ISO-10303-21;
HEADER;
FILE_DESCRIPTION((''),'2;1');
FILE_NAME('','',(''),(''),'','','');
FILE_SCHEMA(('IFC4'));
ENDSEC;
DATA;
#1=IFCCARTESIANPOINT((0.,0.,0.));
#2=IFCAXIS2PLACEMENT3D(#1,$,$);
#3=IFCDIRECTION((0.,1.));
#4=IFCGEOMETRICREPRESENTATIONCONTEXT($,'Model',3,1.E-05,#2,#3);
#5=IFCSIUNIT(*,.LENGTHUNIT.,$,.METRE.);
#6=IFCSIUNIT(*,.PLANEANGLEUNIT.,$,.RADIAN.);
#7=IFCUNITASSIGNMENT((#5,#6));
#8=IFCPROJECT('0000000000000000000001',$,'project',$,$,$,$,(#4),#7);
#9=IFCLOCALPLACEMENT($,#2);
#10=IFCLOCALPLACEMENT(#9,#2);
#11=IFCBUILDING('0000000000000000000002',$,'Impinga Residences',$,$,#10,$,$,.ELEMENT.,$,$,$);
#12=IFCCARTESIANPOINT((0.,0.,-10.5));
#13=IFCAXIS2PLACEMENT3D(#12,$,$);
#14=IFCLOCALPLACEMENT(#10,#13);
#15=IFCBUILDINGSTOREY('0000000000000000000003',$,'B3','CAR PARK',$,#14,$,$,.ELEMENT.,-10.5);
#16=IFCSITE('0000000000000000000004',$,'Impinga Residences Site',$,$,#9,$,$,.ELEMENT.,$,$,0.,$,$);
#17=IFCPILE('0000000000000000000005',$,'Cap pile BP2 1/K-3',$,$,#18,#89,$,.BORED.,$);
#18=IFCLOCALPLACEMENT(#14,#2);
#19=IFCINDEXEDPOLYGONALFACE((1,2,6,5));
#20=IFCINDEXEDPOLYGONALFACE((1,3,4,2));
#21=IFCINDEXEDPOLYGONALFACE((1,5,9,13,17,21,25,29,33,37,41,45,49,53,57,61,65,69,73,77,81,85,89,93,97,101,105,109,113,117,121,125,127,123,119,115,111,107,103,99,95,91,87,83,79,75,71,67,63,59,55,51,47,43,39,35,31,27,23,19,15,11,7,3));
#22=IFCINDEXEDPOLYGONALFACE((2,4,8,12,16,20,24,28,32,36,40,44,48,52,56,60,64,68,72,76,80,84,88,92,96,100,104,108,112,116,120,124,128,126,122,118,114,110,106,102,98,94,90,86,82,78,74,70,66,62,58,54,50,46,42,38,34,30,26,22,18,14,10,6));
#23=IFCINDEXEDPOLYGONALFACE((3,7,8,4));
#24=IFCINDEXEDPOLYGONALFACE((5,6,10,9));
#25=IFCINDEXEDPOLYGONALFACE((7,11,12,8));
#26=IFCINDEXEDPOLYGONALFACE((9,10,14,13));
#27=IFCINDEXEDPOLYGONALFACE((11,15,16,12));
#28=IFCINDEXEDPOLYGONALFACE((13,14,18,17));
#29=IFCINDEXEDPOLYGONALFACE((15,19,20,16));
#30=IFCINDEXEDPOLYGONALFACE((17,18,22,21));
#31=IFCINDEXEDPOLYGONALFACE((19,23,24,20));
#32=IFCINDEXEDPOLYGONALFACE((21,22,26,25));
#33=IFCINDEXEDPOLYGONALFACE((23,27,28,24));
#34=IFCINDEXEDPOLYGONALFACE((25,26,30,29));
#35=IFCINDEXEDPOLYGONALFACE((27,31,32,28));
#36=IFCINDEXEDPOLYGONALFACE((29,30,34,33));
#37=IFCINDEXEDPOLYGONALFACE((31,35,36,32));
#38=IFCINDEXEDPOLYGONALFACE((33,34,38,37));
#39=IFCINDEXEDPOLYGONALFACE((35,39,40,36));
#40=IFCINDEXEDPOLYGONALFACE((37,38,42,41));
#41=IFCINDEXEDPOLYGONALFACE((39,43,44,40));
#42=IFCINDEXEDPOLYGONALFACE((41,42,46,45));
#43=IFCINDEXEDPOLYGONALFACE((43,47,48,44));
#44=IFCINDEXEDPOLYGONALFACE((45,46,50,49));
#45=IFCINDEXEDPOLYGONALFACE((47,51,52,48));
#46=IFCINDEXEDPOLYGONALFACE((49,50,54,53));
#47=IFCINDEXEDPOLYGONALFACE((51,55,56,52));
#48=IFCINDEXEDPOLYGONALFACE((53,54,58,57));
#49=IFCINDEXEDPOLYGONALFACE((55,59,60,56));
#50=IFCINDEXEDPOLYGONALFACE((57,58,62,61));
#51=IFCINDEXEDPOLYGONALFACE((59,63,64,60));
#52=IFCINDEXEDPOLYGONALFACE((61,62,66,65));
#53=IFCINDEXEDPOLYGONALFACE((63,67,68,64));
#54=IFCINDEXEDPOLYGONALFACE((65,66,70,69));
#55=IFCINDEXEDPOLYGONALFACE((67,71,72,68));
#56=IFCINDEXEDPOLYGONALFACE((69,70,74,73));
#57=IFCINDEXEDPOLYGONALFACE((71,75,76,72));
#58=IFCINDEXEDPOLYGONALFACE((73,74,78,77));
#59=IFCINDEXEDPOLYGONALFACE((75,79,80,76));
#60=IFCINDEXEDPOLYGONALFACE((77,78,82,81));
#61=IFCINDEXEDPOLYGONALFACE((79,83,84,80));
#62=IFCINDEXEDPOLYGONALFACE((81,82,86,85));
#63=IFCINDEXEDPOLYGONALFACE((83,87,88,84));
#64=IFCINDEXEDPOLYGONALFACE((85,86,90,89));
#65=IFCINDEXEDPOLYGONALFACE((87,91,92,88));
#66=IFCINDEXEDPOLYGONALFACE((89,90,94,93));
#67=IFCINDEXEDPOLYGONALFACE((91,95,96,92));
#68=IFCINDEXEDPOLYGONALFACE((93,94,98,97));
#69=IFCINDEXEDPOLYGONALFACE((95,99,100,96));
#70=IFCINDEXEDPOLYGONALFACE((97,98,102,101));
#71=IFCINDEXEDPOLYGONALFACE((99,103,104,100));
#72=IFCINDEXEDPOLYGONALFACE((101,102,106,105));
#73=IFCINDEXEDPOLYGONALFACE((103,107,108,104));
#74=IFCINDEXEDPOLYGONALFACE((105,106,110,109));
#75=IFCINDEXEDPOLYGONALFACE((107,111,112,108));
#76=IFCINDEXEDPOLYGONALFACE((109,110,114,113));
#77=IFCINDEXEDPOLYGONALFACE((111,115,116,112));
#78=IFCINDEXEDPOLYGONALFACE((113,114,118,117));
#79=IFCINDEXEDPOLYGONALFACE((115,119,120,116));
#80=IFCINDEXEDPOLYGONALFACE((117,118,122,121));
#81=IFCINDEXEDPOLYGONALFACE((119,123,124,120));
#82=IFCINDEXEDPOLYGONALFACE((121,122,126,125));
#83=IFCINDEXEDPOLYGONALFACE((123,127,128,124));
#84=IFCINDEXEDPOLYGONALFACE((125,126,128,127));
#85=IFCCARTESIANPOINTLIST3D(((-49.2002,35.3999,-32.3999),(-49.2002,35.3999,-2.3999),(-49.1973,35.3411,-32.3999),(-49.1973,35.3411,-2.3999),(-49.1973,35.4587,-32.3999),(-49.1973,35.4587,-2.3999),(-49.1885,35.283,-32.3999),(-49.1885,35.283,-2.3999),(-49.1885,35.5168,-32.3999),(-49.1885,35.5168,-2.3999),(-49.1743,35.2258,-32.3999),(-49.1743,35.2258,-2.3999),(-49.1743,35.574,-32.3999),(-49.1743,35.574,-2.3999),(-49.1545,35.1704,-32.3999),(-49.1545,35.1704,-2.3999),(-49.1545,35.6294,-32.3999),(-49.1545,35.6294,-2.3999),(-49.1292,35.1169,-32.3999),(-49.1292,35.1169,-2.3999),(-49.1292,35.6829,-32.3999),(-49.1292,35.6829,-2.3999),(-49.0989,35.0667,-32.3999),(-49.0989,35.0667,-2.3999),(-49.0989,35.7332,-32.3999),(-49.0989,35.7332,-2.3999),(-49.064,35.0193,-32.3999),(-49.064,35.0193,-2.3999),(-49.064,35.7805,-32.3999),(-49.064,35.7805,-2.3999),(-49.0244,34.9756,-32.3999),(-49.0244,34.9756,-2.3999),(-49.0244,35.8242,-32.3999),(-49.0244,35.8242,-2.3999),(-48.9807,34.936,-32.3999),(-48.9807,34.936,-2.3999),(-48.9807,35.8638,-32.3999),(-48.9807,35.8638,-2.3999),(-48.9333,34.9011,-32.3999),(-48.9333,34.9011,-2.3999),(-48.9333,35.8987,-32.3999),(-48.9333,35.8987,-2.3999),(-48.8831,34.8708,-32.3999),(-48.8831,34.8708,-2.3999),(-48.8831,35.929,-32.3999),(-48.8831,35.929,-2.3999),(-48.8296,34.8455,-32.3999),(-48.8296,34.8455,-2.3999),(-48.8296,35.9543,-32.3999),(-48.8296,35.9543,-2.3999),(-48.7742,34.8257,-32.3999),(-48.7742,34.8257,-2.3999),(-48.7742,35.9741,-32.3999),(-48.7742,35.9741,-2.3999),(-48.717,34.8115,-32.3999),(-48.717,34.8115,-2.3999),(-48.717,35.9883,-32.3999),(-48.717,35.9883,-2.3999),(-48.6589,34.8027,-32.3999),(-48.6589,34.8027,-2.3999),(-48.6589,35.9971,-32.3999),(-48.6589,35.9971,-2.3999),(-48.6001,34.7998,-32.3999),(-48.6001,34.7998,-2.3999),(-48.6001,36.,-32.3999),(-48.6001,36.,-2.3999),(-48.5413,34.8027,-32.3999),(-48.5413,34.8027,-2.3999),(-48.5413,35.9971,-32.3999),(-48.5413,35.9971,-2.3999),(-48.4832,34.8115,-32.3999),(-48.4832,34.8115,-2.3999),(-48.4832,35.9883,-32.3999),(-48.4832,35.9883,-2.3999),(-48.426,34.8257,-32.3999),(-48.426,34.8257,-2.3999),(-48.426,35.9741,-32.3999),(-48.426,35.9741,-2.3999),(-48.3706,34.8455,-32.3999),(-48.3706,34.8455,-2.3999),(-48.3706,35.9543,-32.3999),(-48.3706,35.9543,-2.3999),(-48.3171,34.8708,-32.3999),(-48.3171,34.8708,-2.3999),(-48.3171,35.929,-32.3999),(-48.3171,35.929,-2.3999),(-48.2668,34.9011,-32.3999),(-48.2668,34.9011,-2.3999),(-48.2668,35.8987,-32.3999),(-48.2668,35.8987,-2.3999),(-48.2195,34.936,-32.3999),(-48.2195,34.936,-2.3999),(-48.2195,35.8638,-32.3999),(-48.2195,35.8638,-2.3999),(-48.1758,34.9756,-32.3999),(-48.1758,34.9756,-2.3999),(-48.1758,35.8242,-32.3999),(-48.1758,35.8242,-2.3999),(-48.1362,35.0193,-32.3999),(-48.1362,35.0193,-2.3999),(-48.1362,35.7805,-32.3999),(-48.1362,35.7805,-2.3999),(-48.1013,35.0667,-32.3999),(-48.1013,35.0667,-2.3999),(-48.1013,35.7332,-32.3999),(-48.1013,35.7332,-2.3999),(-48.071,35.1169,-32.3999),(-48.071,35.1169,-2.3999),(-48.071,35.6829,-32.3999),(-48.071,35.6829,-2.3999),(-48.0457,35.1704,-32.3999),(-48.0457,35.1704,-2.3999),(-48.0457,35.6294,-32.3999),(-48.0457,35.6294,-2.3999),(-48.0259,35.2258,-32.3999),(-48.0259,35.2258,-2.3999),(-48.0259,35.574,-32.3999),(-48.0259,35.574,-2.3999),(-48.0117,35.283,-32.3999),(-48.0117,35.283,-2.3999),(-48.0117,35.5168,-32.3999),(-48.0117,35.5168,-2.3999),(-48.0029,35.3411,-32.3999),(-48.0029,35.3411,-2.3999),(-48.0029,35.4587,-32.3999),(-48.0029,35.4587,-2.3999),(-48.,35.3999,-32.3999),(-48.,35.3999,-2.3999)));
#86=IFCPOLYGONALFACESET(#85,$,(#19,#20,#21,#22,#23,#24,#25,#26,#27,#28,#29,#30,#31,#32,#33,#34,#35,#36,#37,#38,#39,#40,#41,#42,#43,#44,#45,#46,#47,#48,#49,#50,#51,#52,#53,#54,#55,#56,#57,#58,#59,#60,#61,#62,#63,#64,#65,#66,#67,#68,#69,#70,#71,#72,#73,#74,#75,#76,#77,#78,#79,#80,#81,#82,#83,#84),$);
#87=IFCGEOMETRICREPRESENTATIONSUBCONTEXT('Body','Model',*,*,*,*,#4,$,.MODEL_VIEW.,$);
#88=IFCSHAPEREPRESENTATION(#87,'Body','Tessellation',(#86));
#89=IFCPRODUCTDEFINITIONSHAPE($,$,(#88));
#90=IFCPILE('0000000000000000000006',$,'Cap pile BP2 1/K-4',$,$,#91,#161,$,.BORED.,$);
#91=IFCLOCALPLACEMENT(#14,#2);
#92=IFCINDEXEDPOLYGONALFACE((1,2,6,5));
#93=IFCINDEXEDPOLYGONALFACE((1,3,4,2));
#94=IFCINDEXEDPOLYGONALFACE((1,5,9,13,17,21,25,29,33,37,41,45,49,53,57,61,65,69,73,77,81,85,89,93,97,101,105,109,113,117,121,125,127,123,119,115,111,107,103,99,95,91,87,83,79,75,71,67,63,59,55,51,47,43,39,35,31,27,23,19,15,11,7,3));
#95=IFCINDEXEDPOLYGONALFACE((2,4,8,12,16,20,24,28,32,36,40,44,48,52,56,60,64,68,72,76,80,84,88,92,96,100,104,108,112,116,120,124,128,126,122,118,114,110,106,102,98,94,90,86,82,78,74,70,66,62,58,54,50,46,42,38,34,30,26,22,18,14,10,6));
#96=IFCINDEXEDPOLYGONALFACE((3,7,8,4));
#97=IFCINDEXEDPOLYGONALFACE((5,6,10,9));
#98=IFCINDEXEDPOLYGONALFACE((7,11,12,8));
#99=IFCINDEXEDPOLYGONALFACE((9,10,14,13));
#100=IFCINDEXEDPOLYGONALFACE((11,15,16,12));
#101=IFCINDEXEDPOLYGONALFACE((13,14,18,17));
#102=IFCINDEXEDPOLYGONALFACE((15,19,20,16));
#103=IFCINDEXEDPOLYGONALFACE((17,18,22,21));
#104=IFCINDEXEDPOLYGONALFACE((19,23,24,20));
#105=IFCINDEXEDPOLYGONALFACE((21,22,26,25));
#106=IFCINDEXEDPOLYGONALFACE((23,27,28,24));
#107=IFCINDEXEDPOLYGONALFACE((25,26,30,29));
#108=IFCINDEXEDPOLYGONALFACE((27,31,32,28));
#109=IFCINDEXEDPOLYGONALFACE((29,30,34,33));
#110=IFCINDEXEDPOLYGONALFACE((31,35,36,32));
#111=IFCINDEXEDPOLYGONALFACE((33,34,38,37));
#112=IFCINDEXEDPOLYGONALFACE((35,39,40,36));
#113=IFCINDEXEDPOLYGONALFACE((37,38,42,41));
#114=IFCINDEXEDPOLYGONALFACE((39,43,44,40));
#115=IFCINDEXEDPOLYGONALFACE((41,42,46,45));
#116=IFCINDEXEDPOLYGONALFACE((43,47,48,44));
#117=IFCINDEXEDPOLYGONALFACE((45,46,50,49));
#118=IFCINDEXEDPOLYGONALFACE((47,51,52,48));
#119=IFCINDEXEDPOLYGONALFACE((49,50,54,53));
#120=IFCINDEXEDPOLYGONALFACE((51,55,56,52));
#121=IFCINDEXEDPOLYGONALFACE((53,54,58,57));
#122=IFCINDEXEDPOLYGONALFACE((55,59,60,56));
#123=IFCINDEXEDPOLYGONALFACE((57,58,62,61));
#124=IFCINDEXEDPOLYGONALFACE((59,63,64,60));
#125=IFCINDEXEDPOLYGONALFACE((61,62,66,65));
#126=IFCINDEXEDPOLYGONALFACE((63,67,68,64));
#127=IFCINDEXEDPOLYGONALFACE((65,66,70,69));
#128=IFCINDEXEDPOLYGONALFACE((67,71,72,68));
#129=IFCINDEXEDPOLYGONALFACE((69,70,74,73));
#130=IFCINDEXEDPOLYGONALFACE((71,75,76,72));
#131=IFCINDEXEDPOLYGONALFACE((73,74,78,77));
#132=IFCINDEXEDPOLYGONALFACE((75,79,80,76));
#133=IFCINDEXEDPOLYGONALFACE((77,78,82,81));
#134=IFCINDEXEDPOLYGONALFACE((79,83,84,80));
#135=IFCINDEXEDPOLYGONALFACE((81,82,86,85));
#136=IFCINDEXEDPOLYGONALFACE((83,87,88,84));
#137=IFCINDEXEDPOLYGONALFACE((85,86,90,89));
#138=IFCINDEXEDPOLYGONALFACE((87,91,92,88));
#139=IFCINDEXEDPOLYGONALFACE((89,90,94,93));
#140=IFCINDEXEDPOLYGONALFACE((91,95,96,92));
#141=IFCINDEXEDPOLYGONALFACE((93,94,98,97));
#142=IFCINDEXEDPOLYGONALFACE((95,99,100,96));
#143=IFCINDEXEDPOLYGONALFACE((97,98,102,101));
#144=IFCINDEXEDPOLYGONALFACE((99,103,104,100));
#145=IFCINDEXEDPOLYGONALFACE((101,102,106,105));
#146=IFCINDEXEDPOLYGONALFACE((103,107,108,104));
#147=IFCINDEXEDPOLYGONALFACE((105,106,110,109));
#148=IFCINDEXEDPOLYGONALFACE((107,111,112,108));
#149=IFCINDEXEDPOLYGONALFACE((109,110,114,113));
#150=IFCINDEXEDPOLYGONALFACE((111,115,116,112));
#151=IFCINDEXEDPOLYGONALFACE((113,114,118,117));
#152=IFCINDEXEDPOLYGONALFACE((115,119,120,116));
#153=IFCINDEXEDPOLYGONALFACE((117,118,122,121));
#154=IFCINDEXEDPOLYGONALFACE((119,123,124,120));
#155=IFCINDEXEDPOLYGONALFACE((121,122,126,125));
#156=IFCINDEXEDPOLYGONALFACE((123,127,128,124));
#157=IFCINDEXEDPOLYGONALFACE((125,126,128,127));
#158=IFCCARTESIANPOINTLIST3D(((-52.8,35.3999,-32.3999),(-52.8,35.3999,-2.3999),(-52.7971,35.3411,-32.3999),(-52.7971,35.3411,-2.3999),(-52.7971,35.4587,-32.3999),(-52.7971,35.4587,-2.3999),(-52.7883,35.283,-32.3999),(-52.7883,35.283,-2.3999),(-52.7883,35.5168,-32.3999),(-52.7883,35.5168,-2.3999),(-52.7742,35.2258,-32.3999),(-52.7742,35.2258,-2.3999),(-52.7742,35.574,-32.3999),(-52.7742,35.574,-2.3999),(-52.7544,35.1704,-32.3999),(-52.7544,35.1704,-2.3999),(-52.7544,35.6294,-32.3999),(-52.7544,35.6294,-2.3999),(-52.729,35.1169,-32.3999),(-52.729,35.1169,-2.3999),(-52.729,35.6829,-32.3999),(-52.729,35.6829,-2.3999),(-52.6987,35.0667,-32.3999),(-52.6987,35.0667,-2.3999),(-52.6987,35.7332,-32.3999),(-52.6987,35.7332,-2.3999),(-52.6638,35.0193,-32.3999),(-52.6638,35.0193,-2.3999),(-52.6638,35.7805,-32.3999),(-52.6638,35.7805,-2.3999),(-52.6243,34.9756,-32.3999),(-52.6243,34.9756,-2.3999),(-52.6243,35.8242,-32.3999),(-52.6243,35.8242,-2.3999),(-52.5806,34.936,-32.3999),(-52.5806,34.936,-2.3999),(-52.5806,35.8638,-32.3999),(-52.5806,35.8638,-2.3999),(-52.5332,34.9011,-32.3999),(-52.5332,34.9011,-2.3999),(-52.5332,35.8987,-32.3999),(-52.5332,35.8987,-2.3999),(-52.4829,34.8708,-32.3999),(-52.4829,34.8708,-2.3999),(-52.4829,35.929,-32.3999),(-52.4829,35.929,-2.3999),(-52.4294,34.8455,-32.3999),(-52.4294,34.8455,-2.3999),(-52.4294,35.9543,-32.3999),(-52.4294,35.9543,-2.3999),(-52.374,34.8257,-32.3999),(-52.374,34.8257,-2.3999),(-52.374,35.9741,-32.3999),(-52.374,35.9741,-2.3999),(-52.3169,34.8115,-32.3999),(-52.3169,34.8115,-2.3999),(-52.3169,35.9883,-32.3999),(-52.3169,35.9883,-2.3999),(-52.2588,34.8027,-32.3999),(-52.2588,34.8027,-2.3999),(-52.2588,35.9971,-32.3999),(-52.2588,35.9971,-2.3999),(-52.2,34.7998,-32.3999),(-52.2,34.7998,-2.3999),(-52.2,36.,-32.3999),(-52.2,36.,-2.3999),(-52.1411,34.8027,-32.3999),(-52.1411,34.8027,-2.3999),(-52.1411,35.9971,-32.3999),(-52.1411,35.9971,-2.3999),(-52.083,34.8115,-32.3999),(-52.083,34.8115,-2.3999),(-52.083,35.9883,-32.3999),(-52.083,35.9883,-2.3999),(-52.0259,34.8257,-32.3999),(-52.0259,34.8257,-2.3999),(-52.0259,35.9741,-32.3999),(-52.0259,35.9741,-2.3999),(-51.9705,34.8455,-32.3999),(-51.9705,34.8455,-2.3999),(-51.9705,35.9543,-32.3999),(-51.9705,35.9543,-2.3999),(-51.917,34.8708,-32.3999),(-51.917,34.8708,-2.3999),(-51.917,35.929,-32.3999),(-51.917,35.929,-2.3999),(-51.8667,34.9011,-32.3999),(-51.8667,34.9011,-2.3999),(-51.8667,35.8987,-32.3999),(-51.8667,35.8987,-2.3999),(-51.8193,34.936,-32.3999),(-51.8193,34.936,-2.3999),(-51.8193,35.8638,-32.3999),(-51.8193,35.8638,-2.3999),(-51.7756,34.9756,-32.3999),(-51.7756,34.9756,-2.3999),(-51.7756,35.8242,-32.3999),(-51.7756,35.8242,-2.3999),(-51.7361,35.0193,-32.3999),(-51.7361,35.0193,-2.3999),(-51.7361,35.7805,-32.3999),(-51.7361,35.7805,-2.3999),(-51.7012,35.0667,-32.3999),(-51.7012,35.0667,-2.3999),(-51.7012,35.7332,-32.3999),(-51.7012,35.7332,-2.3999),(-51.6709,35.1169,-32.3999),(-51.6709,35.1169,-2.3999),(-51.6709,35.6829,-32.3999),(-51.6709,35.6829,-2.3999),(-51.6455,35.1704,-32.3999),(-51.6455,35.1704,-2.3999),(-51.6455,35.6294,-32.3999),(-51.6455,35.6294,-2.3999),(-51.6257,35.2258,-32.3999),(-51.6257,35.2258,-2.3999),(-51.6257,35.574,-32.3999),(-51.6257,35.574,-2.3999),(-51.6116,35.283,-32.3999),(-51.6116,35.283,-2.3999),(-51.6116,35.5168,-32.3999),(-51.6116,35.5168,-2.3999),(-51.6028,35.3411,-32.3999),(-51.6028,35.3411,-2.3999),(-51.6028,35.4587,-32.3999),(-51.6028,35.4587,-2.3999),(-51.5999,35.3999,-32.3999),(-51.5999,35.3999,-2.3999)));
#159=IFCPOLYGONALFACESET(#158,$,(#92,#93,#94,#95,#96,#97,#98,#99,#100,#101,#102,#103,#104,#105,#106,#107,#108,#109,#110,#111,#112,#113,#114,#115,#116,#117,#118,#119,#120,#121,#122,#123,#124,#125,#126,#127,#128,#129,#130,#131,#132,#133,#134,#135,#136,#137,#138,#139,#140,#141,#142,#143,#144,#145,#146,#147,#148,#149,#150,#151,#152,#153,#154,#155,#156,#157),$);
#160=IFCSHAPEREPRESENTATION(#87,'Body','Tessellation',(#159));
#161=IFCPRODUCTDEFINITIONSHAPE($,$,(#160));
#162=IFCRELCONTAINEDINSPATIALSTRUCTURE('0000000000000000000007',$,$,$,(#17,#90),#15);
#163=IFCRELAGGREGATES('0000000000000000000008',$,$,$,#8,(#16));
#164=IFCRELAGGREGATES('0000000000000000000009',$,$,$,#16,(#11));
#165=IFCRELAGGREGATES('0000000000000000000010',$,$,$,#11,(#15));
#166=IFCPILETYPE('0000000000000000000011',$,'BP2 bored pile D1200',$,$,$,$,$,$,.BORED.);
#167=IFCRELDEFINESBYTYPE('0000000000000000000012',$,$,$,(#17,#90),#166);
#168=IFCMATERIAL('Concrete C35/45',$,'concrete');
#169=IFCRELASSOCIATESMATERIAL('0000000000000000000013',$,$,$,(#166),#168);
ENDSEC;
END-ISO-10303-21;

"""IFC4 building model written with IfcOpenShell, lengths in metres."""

from ifc_helpers import new_model, si_unit, direction, frame, origin, origin_2d, place, context, subcontext, project, spatial, polyline, circle, outline, extrude, material, material_profile, profile_set, type_object, element, save


model = new_model("IFC4")

# Units and contexts
model_context = context("Model", 3, precision=1e-05, world=origin(), true_north=direction((0.0, 1.0)))
body_context = subcontext(model_context, "Body", "Model", "MODEL_VIEW")
ifc_project = project(units=[si_unit("LENGTHUNIT", "METRE"), si_unit("PLANEANGLEUNIT", "RADIAN")], contexts=[model_context])

# Site, building, storey
site_placement = place(None, origin())
site = spatial("IfcSite", under=ifc_project, at=site_placement, Name="Impinga Residences Site", CompositionType="ELEMENT", RefElevation=0.0)
building_placement = place(site_placement, origin())
building = spatial("IfcBuilding", under=site, at=building_placement, Name="Impinga Residences", CompositionType="ELEMENT")
storey_placement = place(building_placement, frame((0.0, 0.0, -10.5)))
storey = spatial("IfcBuildingStorey", under=building, at=storey_placement, Name="B3", Description="CAR PARK", CompositionType="ELEMENT", Elevation=-10.5)

# Piles
ifc_material_1 = material(Name="Concrete C35/45", Category="concrete")
ifc_material_profile_1 = material_profile(ifc_material_1, circle(Radius=0.6001, at=origin_2d()), Name="D1200")
ifc_profile_set_1 = profile_set([ifc_material_profile_1], Name="Concrete C35/45")
pile_type = type_object("IfcPileType", Name="BP2 bored pile D1200", PredefinedType="BORED", material=ifc_profile_set_1)
pile_1_placement = place(storey_placement, frame((-48.6001, 35.3999, -2.3999), z_axis=(0.0, 0.0, -1.0), x_axis=(1.0, 0.0, 0.0)))
element("IfcPile", 1, at=pile_1_placement, inside=storey, type_object=pile_type, Name="Cap pile BP2 1/K-3", PredefinedType="BORED", context=body_context, shape_type="SweptSolid", body=[
    extrude(outline(polyline([(0.6001, 0.0), (0.5972, 0.0588), (0.5884, 0.1169), (0.5742, 0.1741), (0.5544, 0.2295), (0.5291, 0.283), (0.4988, 0.3333), (0.4639, 0.3806), (0.4243, 0.4243), (0.3806, 0.4639), (0.3333, 0.4988), (0.283, 0.5291), (0.2295, 0.5544), (0.1741, 0.5742), (0.1169, 0.5884), (0.0588, 0.5972), (0.0, 0.6001), (-0.0588, 0.5972), (-0.1169, 0.5884), (-0.1741, 0.5742), (-0.2295, 0.5544), (-0.283, 0.5291), (-0.3333, 0.4988), (-0.3806, 0.4639), (-0.4243, 0.4243), (-0.4639, 0.3806), (-0.4988, 0.3333), (-0.5291, 0.283), (-0.5544, 0.2295), (-0.5742, 0.1741), (-0.5884, 0.1169), (-0.5972, 0.0588), (-0.6001, 0.0), (-0.5972, -0.0588), (-0.5884, -0.1169), (-0.5742, -0.1741), (-0.5544, -0.2295), (-0.5291, -0.283), (-0.4988, -0.3333), (-0.4639, -0.3806), (-0.4243, -0.4243), (-0.3806, -0.4639), (-0.3333, -0.4988), (-0.283, -0.5291), (-0.2295, -0.5544), (-0.1741, -0.5742), (-0.1169, -0.5884), (-0.0588, -0.5972), (0.0, -0.6001), (0.0588, -0.5972), (0.1169, -0.5884), (0.1741, -0.5742), (0.2295, -0.5544), (0.283, -0.5291), (0.3333, -0.4988), (0.3806, -0.4639), (0.4243, -0.4243), (0.4639, -0.3806), (0.4988, -0.3333), (0.5291, -0.283), (0.5544, -0.2295), (0.5742, -0.1741), (0.5884, -0.1169), (0.5972, -0.0588), (0.6001, 0.0)])), origin(), (0.0, 0.0, 1.0), 30.0),
])
pile_2_placement = place(storey_placement, frame((-52.2, 35.3999, -2.3999), z_axis=(0.0, 0.0, -1.0), x_axis=(1.0, 0.0, 0.0)))
element("IfcPile", 2, at=pile_2_placement, inside=storey, type_object=pile_type, Name="Cap pile BP2 1/K-4", PredefinedType="BORED", context=body_context, shape_type="SweptSolid", body=[
    extrude(outline(polyline([(0.6001, 0.0), (0.5972, 0.0588), (0.5884, 0.1169), (0.5742, 0.1741), (0.5544, 0.2295), (0.5291, 0.283), (0.4988, 0.3333), (0.4639, 0.3806), (0.4243, 0.4243), (0.3806, 0.4639), (0.3333, 0.4988), (0.283, 0.5291), (0.2295, 0.5544), (0.1741, 0.5742), (0.1169, 0.5884), (0.0588, 0.5972), (0.0, 0.6001), (-0.0588, 0.5972), (-0.1169, 0.5884), (-0.1741, 0.5742), (-0.2295, 0.5544), (-0.283, 0.5291), (-0.3333, 0.4988), (-0.3806, 0.4639), (-0.4243, 0.4243), (-0.4639, 0.3806), (-0.4988, 0.3333), (-0.5291, 0.283), (-0.5544, 0.2295), (-0.5742, 0.1741), (-0.5884, 0.1169), (-0.5972, 0.0588), (-0.6001, 0.0), (-0.5972, -0.0588), (-0.5884, -0.1169), (-0.5742, -0.1741), (-0.5544, -0.2295), (-0.5291, -0.283), (-0.4988, -0.3333), (-0.4639, -0.3806), (-0.4243, -0.4243), (-0.3806, -0.4639), (-0.3333, -0.4988), (-0.283, -0.5291), (-0.2295, -0.5544), (-0.1741, -0.5742), (-0.1169, -0.5884), (-0.0588, -0.5972), (0.0, -0.6001), (0.0588, -0.5972), (0.1169, -0.5884), (0.1741, -0.5742), (0.2295, -0.5544), (0.283, -0.5291), (0.3333, -0.4988), (0.3806, -0.4639), (0.4243, -0.4243), (0.4639, -0.3806), (0.4988, -0.3333), (0.5291, -0.283), (0.5544, -0.2295), (0.5742, -0.1741), (0.5884, -0.1169), (0.5972, -0.0588), (0.6001, 0.0)])), origin(), (0.0, 0.0, 1.0), 30.0),
])

save(model, "model.ifc")
